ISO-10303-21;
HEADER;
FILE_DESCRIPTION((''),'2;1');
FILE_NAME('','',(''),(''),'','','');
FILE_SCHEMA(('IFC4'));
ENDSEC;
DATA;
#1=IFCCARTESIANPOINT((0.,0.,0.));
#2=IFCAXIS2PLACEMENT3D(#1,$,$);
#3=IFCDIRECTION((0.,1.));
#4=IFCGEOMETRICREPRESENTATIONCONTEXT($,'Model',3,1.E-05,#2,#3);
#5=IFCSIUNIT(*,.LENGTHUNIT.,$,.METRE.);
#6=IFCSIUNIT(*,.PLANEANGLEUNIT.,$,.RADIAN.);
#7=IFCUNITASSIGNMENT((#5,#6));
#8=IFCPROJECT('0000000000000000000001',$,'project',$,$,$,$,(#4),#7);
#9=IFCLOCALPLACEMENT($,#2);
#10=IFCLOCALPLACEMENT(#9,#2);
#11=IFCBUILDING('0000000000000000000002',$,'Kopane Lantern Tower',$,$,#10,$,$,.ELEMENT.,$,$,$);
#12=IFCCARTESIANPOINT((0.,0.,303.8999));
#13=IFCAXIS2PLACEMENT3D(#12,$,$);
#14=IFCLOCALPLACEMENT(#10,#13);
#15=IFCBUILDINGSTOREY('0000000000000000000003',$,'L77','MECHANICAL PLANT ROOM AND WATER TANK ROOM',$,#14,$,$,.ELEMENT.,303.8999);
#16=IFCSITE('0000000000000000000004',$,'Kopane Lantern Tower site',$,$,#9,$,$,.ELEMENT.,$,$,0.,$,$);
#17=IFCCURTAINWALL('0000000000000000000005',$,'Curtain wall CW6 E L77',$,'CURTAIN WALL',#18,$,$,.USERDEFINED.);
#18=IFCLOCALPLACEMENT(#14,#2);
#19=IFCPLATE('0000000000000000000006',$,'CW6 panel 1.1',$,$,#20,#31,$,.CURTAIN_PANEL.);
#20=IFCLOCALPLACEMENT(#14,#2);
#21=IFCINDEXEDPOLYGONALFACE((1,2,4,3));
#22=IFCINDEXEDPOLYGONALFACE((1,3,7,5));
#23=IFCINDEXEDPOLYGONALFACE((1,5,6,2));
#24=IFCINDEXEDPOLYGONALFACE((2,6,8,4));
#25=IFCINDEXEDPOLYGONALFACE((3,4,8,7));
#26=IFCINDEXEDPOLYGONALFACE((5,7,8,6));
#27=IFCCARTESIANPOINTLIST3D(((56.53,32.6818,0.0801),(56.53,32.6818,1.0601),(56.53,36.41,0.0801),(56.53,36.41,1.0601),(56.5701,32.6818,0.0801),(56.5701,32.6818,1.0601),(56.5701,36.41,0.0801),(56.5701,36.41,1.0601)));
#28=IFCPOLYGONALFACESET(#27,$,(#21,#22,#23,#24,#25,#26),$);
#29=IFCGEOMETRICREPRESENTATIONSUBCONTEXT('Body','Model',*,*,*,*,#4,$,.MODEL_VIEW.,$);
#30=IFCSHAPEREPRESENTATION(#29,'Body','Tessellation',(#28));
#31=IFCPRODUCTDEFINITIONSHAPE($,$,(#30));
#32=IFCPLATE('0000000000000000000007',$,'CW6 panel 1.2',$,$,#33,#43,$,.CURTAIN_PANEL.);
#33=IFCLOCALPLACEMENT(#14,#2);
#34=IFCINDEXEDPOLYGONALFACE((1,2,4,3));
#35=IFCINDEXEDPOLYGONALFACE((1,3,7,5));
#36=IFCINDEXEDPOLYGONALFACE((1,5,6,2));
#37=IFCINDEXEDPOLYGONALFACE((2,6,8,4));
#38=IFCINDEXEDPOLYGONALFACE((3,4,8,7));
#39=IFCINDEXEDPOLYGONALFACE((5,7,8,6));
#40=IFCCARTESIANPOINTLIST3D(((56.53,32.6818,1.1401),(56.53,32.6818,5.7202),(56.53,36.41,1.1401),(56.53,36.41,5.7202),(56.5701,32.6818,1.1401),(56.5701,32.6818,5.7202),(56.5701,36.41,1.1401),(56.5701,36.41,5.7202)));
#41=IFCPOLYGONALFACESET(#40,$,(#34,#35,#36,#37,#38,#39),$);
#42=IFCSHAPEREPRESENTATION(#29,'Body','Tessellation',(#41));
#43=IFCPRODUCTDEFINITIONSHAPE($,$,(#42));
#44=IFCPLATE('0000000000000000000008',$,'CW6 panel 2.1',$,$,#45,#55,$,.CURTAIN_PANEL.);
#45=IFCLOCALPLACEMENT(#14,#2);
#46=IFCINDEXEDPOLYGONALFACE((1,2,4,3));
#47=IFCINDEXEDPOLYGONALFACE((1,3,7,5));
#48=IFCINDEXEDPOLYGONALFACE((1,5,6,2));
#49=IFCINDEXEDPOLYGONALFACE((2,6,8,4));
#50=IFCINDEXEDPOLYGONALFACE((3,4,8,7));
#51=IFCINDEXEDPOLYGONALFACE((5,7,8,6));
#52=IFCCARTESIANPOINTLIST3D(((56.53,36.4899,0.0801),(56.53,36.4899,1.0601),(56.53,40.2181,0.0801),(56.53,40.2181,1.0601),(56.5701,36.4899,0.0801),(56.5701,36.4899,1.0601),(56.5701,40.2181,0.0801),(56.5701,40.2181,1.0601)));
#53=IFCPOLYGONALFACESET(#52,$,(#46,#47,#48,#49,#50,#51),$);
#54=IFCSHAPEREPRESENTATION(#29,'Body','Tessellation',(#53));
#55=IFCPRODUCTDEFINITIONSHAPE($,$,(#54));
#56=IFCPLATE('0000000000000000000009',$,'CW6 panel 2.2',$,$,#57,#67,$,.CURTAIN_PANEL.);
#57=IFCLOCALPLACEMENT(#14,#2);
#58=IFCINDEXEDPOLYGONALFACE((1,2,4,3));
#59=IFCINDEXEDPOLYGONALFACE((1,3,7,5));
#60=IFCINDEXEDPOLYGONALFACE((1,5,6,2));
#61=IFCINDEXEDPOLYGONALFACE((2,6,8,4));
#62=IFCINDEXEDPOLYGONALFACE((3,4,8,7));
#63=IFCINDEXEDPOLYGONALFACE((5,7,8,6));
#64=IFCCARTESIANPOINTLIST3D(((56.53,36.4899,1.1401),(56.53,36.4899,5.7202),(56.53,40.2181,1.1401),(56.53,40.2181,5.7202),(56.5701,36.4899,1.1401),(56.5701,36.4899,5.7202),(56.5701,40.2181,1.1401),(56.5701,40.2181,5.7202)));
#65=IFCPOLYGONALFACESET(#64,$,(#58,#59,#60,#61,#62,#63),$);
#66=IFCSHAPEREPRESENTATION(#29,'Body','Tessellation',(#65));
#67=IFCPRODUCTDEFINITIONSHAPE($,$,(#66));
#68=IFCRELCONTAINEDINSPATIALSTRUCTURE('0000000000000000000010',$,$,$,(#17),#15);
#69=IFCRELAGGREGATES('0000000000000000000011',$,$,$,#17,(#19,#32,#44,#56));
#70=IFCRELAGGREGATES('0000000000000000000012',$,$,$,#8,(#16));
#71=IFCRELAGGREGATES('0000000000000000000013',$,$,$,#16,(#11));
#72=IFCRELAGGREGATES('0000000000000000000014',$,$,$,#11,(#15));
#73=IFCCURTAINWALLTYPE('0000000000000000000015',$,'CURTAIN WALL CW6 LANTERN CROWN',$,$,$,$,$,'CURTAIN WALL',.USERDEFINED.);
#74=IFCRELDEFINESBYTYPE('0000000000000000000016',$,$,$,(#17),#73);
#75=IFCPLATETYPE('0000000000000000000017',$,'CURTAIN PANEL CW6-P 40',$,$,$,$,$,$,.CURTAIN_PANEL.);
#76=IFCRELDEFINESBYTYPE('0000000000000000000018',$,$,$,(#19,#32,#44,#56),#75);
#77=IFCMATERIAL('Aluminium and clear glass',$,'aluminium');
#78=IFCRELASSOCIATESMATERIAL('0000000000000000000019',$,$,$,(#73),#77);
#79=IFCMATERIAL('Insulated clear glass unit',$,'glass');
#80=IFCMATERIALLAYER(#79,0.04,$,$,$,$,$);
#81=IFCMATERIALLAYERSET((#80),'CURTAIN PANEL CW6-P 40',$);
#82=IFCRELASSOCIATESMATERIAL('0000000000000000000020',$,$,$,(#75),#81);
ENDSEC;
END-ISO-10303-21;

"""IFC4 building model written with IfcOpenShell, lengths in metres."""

from ifc_helpers import new_model, si_unit, direction, frame, origin, origin_2d, place, context, subcontext, project, spatial, rectangle, extrude, material, layer, layer_set, type_object, element, aggregate, save


model = new_model("IFC4")

# Units and contexts
model_context = context("Model", 3, precision=1e-05, world=origin(), true_north=direction((0.0, 1.0)))
body_context = subcontext(model_context, "Body", "Model", "MODEL_VIEW")
ifc_project = project(units=[si_unit("LENGTHUNIT", "METRE"), si_unit("PLANEANGLEUNIT", "RADIAN")], contexts=[model_context])

# Site, building, storey
site_placement = place(None, origin())
site = spatial("IfcSite", under=ifc_project, at=site_placement, Name="Kopane Lantern Tower site", CompositionType="ELEMENT", RefElevation=0.0)
building_placement = place(site_placement, origin())
building = spatial("IfcBuilding", under=site, at=building_placement, Name="Kopane Lantern Tower", CompositionType="ELEMENT")
storey_placement = place(building_placement, frame((0.0, 0.0, 303.8999)))
storey = spatial("IfcBuildingStorey", under=building, at=storey_placement, Name="L77", Description="MECHANICAL PLANT ROOM AND WATER TANK ROOM", CompositionType="ELEMENT", Elevation=303.8999)

# Shared definitions
ifc_material_1 = material(Name="Aluminium and clear glass", Category="aluminium")
curtain_wall_type = type_object("IfcCurtainWallType", Name="CURTAIN WALL CW6 LANTERN CROWN", ElementType="CURTAIN WALL", PredefinedType="USERDEFINED", material=ifc_material_1)

# Curtain wall
curtain_wall_1_placement = place(storey_placement, origin())
curtain_wall_1 = element("IfcCurtainWall", 1, at=curtain_wall_1_placement, inside=storey, type_object=curtain_wall_type, Name="Curtain wall CW6 E L77", ObjectType="CURTAIN WALL", PredefinedType="USERDEFINED")

# Plates
ifc_material_2 = material(Name="Insulated clear glass unit", Category="glass")
ifc_layer = layer(ifc_material_2, 0.04)
ifc_layer_set = layer_set([ifc_layer], Name="CURTAIN PANEL CW6-P 40")
plate_type = type_object("IfcPlateType", Name="CURTAIN PANEL CW6-P 40", PredefinedType="CURTAIN_PANEL", material=ifc_layer_set)
plate_1_placement = place(storey_placement, frame((56.55, 34.5459, 0.0801), z_axis=(0.0, 0.0, 1.0), x_axis=(0.0, 1.0, 0.0)))
plate_1 = element("IfcPlate", 2, at=plate_1_placement, type_object=plate_type, Name="CW6 panel 1.1", PredefinedType="CURTAIN_PANEL", context=body_context, shape_type="SweptSolid", body=[
    extrude(rectangle(XDim=3.7283, YDim=0.04, at=origin_2d()), origin(), (0.0, 0.0, 1.0), 0.98),
])
plate_2_placement = place(storey_placement, frame((56.55, 34.5459, 1.1401), z_axis=(0.0, 0.0, 1.0), x_axis=(0.0, 1.0, 0.0)))
plate_2 = element("IfcPlate", 3, at=plate_2_placement, type_object=plate_type, Name="CW6 panel 1.2", PredefinedType="CURTAIN_PANEL", context=body_context, shape_type="SweptSolid", body=[
    extrude(rectangle(XDim=3.7283, YDim=0.04, at=origin_2d()), origin(), (0.0, 0.0, 1.0), 4.5801),
])
plate_3_placement = place(storey_placement, frame((56.55, 38.354, 0.0801), z_axis=(0.0, 0.0, 1.0), x_axis=(0.0, 1.0, 0.0)))
plate_3 = element("IfcPlate", 4, at=plate_3_placement, type_object=plate_type, Name="CW6 panel 2.1", PredefinedType="CURTAIN_PANEL", context=body_context, shape_type="SweptSolid", body=[
    extrude(rectangle(XDim=3.7283, YDim=0.04, at=origin_2d()), origin(), (0.0, 0.0, 1.0), 0.98),
])
plate_4_placement = place(storey_placement, frame((56.55, 38.354, 1.1401), z_axis=(0.0, 0.0, 1.0), x_axis=(0.0, 1.0, 0.0)))
plate_4 = element("IfcPlate", 5, at=plate_4_placement, type_object=plate_type, Name="CW6 panel 2.2", PredefinedType="CURTAIN_PANEL", context=body_context, shape_type="SweptSolid", body=[
    extrude(rectangle(XDim=3.7283, YDim=0.04, at=origin_2d()), origin(), (0.0, 0.0, 1.0), 4.5801),
])
aggregate(curtain_wall_1, [plate_1, plate_2, plate_3, plate_4])

save(model, "model.ifc")
